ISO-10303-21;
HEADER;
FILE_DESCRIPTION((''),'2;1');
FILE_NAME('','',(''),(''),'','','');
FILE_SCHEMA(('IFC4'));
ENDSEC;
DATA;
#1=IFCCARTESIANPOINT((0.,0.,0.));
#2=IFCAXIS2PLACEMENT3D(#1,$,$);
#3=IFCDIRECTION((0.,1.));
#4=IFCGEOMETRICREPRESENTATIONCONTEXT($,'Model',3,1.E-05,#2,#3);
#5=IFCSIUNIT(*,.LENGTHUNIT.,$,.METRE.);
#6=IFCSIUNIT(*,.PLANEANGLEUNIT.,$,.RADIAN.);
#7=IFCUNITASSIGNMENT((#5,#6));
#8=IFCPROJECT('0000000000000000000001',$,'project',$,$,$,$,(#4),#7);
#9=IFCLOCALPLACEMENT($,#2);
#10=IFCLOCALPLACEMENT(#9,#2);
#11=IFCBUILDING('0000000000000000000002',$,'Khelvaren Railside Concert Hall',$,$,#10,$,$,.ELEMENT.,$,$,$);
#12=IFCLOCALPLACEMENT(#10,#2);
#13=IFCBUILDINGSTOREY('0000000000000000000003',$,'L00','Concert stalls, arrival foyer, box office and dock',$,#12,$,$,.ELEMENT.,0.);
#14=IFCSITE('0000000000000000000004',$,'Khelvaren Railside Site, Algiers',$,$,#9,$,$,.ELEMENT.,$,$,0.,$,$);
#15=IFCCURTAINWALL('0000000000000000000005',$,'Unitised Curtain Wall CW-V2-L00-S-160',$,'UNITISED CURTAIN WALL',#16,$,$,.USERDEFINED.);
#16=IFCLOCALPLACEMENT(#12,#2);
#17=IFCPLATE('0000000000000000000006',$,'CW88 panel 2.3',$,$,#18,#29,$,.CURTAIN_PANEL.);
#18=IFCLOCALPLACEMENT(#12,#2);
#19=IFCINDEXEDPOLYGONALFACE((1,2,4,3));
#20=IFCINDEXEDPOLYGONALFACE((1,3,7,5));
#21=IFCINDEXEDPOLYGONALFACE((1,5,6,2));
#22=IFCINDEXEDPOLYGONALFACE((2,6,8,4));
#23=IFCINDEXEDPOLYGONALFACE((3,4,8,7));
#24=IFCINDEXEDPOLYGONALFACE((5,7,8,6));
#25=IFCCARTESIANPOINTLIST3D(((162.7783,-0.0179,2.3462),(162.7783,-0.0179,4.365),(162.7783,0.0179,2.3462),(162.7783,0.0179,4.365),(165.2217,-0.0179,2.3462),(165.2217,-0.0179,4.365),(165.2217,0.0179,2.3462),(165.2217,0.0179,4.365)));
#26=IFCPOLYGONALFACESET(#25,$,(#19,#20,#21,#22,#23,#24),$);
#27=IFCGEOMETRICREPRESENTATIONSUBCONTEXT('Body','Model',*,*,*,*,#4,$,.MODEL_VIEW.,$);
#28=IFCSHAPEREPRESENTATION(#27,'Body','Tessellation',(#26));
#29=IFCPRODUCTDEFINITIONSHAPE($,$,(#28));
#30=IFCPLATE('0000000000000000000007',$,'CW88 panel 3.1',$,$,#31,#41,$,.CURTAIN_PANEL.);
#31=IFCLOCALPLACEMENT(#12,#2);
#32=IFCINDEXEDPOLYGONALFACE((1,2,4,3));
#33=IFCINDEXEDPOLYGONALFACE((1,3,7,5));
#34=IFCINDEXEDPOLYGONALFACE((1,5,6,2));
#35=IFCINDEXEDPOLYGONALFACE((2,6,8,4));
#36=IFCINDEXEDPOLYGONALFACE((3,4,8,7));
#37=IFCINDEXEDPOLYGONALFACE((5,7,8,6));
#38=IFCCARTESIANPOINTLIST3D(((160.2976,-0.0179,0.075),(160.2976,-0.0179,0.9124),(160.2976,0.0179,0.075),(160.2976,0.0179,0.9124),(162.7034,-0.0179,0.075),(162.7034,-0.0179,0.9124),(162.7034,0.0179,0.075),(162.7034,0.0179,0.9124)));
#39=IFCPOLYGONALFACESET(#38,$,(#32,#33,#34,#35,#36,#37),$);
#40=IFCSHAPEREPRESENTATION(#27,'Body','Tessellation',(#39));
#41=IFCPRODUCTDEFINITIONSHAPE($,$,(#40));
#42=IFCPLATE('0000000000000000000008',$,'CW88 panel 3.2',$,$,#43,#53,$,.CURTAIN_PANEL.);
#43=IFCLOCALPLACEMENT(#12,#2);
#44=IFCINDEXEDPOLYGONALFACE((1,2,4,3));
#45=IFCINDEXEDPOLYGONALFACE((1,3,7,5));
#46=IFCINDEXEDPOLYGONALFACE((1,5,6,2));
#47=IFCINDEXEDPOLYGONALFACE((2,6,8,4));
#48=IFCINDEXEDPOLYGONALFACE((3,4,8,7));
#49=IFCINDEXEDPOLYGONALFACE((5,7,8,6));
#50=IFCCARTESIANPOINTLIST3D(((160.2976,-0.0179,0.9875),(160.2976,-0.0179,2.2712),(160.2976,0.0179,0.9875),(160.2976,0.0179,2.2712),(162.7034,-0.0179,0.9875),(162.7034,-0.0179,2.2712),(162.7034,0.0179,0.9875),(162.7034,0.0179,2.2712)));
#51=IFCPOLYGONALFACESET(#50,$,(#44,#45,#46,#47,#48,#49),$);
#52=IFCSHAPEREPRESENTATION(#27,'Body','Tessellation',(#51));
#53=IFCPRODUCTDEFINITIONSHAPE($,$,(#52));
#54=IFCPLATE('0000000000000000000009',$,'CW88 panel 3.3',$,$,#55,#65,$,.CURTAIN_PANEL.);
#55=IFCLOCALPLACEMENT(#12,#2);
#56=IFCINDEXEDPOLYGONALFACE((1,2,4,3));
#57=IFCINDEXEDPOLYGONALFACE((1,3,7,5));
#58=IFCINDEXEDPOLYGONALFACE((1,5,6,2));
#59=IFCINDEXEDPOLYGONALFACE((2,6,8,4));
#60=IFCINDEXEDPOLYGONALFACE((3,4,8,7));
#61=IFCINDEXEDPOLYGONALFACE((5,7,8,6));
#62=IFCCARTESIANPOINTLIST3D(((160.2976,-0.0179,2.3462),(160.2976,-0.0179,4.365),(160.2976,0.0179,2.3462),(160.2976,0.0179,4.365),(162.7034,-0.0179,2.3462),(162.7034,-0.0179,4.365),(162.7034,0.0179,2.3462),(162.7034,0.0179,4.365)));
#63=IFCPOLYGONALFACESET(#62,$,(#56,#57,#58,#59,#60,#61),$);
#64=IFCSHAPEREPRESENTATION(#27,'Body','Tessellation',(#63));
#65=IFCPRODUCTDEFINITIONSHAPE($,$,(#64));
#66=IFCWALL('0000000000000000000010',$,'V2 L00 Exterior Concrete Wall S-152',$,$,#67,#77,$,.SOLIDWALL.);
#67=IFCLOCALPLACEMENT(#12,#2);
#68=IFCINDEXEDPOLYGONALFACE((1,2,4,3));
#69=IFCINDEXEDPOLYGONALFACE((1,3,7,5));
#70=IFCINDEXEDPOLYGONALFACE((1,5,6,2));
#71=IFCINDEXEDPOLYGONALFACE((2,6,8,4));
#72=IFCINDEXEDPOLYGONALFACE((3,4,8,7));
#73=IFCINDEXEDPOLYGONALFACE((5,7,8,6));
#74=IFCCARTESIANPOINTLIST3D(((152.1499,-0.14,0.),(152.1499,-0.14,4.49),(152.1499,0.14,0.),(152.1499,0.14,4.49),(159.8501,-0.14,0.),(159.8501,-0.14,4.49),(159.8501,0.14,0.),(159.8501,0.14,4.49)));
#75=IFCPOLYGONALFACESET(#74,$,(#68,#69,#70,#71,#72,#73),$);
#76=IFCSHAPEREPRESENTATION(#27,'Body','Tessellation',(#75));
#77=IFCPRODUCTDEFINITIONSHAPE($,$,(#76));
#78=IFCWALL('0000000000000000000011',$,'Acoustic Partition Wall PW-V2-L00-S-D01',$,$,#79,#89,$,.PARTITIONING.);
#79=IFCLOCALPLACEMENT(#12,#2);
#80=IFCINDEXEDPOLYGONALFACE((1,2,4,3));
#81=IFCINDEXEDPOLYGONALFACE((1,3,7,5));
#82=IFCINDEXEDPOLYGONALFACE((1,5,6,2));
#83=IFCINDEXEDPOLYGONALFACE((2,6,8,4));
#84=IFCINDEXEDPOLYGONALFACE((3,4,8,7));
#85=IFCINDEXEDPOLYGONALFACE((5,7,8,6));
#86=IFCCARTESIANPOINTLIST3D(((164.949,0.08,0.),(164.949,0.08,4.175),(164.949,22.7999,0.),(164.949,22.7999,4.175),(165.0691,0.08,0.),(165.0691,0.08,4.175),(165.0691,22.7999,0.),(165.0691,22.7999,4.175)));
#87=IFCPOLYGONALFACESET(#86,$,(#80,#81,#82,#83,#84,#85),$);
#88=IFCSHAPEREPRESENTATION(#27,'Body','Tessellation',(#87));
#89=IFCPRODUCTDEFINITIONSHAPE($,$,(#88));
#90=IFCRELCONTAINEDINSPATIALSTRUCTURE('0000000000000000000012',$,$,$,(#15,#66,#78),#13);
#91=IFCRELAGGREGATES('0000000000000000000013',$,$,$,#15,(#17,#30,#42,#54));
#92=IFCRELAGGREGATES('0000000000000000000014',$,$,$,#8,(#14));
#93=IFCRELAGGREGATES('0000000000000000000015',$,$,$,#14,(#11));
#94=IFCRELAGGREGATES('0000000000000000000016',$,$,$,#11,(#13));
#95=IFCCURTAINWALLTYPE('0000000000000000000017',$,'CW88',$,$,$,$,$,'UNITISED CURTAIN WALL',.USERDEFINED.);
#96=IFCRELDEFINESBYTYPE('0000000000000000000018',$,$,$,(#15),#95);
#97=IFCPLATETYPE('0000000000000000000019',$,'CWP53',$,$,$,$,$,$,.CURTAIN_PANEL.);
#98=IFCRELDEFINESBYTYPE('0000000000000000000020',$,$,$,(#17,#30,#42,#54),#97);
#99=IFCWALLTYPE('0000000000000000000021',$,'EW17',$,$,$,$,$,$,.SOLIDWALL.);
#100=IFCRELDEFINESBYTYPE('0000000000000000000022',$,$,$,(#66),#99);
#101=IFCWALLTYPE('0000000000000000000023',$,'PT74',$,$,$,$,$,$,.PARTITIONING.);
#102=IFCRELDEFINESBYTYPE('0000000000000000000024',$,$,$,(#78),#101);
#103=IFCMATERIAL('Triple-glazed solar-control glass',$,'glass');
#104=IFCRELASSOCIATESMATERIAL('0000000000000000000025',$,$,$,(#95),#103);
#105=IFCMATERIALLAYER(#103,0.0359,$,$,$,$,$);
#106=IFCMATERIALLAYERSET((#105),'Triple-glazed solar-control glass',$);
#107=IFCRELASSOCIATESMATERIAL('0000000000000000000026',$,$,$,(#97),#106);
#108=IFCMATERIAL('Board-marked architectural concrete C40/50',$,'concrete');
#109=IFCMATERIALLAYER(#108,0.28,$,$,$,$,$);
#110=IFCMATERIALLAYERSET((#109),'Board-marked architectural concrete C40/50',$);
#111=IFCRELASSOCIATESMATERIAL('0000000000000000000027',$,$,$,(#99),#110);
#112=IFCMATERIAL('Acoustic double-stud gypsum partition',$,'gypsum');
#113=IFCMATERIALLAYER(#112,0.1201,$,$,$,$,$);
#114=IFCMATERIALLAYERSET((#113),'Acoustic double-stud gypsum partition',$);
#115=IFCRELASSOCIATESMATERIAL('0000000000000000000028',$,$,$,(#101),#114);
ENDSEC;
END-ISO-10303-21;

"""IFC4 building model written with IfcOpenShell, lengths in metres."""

from ifc_helpers import new_model, si_unit, direction, frame, frame_2d, origin, origin_2d, place, context, subcontext, project, spatial, rectangle, extrude, material, layer, layer_set, type_object, element, aggregate, save


model = new_model("IFC4")

# Units and contexts
model_context = context("Model", 3, precision=1e-05, world=origin(), true_north=direction((0.0, 1.0)))
body_context = subcontext(model_context, "Body", "Model", "MODEL_VIEW")
ifc_project = project(units=[si_unit("LENGTHUNIT", "METRE"), si_unit("PLANEANGLEUNIT", "RADIAN")], contexts=[model_context])

# Site, building, storey
site_placement = place(None, origin())
site = spatial("IfcSite", under=ifc_project, at=site_placement, Name="Khelvaren Railside Site, Algiers", CompositionType="ELEMENT", RefElevation=0.0)
building_placement = place(site_placement, origin())
building = spatial("IfcBuilding", under=site, at=building_placement, Name="Khelvaren Railside Concert Hall", CompositionType="ELEMENT")
storey_placement = place(building_placement, origin())
storey = spatial("IfcBuildingStorey", under=building, at=storey_placement, Name="L00", Description="Concert stalls, arrival foyer, box office and dock", CompositionType="ELEMENT", Elevation=0.0)

# Curtain wall
ifc_material_1 = material(Name="Triple-glazed solar-control glass", Category="glass")
curtain_wall_type = type_object("IfcCurtainWallType", Name="CW88", ElementType="UNITISED CURTAIN WALL", PredefinedType="USERDEFINED", material=ifc_material_1)
curtain_wall_placement = place(storey_placement, origin())
curtain_wall = element("IfcCurtainWall", 1, at=curtain_wall_placement, inside=storey, type_object=curtain_wall_type, Name="Unitised Curtain Wall CW-V2-L00-S-160", ObjectType="UNITISED CURTAIN WALL", PredefinedType="USERDEFINED")

# Plates
ifc_layer_1 = layer(ifc_material_1, 0.0359)
ifc_layer_set_1 = layer_set([ifc_layer_1], Name="Triple-glazed solar-control glass")
plate_type = type_object("IfcPlateType", Name="CWP53", PredefinedType="CURTAIN_PANEL", material=ifc_layer_set_1)
plate_1_placement = place(storey_placement, frame((164.0, 0.0, 2.3462), z_axis=(0.0, 0.0, 1.0), x_axis=(-1.0, 0.0, 0.0)))
plate_1 = element("IfcPlate", 2, at=plate_1_placement, type_object=plate_type, Name="CW88 panel 2.3", PredefinedType="CURTAIN_PANEL", context=body_context, shape_type="SweptSolid", body=[
    extrude(rectangle(XDim=2.4434, YDim=0.0359, at=origin_2d()), origin(), (0.0, 0.0, 1.0), 2.0188),
])
plate_2_placement = place(storey_placement, frame((161.5005, 0.0, 0.075), z_axis=(0.0, 0.0, 1.0), x_axis=(-1.0, 0.0, 0.0)))
plate_2 = element("IfcPlate", 3, at=plate_2_placement, type_object=plate_type, Name="CW88 panel 3.1", PredefinedType="CURTAIN_PANEL", context=body_context, shape_type="SweptSolid", body=[
    extrude(rectangle(XDim=2.4058, YDim=0.0359, at=origin_2d()), origin(), (0.0, 0.0, 1.0), 0.8374),
])
plate_3_placement = place(storey_placement, frame((161.5005, 0.0, 0.9875), z_axis=(0.0, 0.0, 1.0), x_axis=(-1.0, 0.0, 0.0)))
plate_3 = element("IfcPlate", 4, at=plate_3_placement, type_object=plate_type, Name="CW88 panel 3.2", PredefinedType="CURTAIN_PANEL", context=body_context, shape_type="SweptSolid", body=[
    extrude(rectangle(XDim=2.4058, YDim=0.0359, at=origin_2d()), origin(), (0.0, 0.0, 1.0), 1.2837),
])
plate_4_placement = place(storey_placement, frame((161.5005, 0.0, 2.3462), z_axis=(0.0, 0.0, 1.0), x_axis=(-1.0, 0.0, 0.0)))
plate_4 = element("IfcPlate", 5, at=plate_4_placement, type_object=plate_type, Name="CW88 panel 3.3", PredefinedType="CURTAIN_PANEL", context=body_context, shape_type="SweptSolid", body=[
    extrude(rectangle(XDim=2.4058, YDim=0.0359, at=origin_2d()), origin(), (0.0, 0.0, 1.0), 2.0188),
])
aggregate(curtain_wall, [plate_1, plate_2, plate_3, plate_4])

# Walls
ifc_material_2 = material(Name="Board-marked architectural concrete C40/50", Category="concrete")
ifc_layer_2 = layer(ifc_material_2, 0.28)
ifc_layer_set_2 = layer_set([ifc_layer_2], Name="Board-marked architectural concrete C40/50")
wall_type_1 = type_object("IfcWallType", Name="EW17", PredefinedType="SOLIDWALL", material=ifc_layer_set_2)
wall_1_placement = place(storey_placement, frame((159.8501, 0.0, 0.0), z_axis=(0.0, 0.0, 1.0), x_axis=(-1.0, 0.0, 0.0)))
element("IfcWall", 6, at=wall_1_placement, inside=storey, type_object=wall_type_1, Name="V2 L00 Exterior Concrete Wall S-152", PredefinedType="SOLIDWALL", context=body_context, shape_type="SweptSolid", body=[
    extrude(rectangle(XDim=7.7002, YDim=0.28, at=frame_2d((3.8501, 0.0))), origin(), (0.0, 0.0, 1.0), 4.49),
])
ifc_material_3 = material(Name="Acoustic double-stud gypsum partition", Category="gypsum")
ifc_layer_3 = layer(ifc_material_3, 0.1201)
ifc_layer_set_3 = layer_set([ifc_layer_3], Name="Acoustic double-stud gypsum partition")
wall_type_2 = type_object("IfcWallType", Name="PT74", PredefinedType="PARTITIONING", material=ifc_layer_set_3)
wall_2_placement = place(storey_placement, frame((165.009, 0.0801, 0.0), z_axis=(0.0, 0.0, 1.0), x_axis=(0.0, 1.0, 0.0)))
element("IfcWall", 7, at=wall_2_placement, inside=storey, type_object=wall_type_2, Name="Acoustic Partition Wall PW-V2-L00-S-D01", PredefinedType="PARTITIONING", context=body_context, shape_type="SweptSolid", body=[
    extrude(rectangle(XDim=22.72, YDim=0.1201, at=frame_2d((11.3599, 0.0))), origin(), (0.0, 0.0, 1.0), 4.175),
])

save(model, "model.ifc")
